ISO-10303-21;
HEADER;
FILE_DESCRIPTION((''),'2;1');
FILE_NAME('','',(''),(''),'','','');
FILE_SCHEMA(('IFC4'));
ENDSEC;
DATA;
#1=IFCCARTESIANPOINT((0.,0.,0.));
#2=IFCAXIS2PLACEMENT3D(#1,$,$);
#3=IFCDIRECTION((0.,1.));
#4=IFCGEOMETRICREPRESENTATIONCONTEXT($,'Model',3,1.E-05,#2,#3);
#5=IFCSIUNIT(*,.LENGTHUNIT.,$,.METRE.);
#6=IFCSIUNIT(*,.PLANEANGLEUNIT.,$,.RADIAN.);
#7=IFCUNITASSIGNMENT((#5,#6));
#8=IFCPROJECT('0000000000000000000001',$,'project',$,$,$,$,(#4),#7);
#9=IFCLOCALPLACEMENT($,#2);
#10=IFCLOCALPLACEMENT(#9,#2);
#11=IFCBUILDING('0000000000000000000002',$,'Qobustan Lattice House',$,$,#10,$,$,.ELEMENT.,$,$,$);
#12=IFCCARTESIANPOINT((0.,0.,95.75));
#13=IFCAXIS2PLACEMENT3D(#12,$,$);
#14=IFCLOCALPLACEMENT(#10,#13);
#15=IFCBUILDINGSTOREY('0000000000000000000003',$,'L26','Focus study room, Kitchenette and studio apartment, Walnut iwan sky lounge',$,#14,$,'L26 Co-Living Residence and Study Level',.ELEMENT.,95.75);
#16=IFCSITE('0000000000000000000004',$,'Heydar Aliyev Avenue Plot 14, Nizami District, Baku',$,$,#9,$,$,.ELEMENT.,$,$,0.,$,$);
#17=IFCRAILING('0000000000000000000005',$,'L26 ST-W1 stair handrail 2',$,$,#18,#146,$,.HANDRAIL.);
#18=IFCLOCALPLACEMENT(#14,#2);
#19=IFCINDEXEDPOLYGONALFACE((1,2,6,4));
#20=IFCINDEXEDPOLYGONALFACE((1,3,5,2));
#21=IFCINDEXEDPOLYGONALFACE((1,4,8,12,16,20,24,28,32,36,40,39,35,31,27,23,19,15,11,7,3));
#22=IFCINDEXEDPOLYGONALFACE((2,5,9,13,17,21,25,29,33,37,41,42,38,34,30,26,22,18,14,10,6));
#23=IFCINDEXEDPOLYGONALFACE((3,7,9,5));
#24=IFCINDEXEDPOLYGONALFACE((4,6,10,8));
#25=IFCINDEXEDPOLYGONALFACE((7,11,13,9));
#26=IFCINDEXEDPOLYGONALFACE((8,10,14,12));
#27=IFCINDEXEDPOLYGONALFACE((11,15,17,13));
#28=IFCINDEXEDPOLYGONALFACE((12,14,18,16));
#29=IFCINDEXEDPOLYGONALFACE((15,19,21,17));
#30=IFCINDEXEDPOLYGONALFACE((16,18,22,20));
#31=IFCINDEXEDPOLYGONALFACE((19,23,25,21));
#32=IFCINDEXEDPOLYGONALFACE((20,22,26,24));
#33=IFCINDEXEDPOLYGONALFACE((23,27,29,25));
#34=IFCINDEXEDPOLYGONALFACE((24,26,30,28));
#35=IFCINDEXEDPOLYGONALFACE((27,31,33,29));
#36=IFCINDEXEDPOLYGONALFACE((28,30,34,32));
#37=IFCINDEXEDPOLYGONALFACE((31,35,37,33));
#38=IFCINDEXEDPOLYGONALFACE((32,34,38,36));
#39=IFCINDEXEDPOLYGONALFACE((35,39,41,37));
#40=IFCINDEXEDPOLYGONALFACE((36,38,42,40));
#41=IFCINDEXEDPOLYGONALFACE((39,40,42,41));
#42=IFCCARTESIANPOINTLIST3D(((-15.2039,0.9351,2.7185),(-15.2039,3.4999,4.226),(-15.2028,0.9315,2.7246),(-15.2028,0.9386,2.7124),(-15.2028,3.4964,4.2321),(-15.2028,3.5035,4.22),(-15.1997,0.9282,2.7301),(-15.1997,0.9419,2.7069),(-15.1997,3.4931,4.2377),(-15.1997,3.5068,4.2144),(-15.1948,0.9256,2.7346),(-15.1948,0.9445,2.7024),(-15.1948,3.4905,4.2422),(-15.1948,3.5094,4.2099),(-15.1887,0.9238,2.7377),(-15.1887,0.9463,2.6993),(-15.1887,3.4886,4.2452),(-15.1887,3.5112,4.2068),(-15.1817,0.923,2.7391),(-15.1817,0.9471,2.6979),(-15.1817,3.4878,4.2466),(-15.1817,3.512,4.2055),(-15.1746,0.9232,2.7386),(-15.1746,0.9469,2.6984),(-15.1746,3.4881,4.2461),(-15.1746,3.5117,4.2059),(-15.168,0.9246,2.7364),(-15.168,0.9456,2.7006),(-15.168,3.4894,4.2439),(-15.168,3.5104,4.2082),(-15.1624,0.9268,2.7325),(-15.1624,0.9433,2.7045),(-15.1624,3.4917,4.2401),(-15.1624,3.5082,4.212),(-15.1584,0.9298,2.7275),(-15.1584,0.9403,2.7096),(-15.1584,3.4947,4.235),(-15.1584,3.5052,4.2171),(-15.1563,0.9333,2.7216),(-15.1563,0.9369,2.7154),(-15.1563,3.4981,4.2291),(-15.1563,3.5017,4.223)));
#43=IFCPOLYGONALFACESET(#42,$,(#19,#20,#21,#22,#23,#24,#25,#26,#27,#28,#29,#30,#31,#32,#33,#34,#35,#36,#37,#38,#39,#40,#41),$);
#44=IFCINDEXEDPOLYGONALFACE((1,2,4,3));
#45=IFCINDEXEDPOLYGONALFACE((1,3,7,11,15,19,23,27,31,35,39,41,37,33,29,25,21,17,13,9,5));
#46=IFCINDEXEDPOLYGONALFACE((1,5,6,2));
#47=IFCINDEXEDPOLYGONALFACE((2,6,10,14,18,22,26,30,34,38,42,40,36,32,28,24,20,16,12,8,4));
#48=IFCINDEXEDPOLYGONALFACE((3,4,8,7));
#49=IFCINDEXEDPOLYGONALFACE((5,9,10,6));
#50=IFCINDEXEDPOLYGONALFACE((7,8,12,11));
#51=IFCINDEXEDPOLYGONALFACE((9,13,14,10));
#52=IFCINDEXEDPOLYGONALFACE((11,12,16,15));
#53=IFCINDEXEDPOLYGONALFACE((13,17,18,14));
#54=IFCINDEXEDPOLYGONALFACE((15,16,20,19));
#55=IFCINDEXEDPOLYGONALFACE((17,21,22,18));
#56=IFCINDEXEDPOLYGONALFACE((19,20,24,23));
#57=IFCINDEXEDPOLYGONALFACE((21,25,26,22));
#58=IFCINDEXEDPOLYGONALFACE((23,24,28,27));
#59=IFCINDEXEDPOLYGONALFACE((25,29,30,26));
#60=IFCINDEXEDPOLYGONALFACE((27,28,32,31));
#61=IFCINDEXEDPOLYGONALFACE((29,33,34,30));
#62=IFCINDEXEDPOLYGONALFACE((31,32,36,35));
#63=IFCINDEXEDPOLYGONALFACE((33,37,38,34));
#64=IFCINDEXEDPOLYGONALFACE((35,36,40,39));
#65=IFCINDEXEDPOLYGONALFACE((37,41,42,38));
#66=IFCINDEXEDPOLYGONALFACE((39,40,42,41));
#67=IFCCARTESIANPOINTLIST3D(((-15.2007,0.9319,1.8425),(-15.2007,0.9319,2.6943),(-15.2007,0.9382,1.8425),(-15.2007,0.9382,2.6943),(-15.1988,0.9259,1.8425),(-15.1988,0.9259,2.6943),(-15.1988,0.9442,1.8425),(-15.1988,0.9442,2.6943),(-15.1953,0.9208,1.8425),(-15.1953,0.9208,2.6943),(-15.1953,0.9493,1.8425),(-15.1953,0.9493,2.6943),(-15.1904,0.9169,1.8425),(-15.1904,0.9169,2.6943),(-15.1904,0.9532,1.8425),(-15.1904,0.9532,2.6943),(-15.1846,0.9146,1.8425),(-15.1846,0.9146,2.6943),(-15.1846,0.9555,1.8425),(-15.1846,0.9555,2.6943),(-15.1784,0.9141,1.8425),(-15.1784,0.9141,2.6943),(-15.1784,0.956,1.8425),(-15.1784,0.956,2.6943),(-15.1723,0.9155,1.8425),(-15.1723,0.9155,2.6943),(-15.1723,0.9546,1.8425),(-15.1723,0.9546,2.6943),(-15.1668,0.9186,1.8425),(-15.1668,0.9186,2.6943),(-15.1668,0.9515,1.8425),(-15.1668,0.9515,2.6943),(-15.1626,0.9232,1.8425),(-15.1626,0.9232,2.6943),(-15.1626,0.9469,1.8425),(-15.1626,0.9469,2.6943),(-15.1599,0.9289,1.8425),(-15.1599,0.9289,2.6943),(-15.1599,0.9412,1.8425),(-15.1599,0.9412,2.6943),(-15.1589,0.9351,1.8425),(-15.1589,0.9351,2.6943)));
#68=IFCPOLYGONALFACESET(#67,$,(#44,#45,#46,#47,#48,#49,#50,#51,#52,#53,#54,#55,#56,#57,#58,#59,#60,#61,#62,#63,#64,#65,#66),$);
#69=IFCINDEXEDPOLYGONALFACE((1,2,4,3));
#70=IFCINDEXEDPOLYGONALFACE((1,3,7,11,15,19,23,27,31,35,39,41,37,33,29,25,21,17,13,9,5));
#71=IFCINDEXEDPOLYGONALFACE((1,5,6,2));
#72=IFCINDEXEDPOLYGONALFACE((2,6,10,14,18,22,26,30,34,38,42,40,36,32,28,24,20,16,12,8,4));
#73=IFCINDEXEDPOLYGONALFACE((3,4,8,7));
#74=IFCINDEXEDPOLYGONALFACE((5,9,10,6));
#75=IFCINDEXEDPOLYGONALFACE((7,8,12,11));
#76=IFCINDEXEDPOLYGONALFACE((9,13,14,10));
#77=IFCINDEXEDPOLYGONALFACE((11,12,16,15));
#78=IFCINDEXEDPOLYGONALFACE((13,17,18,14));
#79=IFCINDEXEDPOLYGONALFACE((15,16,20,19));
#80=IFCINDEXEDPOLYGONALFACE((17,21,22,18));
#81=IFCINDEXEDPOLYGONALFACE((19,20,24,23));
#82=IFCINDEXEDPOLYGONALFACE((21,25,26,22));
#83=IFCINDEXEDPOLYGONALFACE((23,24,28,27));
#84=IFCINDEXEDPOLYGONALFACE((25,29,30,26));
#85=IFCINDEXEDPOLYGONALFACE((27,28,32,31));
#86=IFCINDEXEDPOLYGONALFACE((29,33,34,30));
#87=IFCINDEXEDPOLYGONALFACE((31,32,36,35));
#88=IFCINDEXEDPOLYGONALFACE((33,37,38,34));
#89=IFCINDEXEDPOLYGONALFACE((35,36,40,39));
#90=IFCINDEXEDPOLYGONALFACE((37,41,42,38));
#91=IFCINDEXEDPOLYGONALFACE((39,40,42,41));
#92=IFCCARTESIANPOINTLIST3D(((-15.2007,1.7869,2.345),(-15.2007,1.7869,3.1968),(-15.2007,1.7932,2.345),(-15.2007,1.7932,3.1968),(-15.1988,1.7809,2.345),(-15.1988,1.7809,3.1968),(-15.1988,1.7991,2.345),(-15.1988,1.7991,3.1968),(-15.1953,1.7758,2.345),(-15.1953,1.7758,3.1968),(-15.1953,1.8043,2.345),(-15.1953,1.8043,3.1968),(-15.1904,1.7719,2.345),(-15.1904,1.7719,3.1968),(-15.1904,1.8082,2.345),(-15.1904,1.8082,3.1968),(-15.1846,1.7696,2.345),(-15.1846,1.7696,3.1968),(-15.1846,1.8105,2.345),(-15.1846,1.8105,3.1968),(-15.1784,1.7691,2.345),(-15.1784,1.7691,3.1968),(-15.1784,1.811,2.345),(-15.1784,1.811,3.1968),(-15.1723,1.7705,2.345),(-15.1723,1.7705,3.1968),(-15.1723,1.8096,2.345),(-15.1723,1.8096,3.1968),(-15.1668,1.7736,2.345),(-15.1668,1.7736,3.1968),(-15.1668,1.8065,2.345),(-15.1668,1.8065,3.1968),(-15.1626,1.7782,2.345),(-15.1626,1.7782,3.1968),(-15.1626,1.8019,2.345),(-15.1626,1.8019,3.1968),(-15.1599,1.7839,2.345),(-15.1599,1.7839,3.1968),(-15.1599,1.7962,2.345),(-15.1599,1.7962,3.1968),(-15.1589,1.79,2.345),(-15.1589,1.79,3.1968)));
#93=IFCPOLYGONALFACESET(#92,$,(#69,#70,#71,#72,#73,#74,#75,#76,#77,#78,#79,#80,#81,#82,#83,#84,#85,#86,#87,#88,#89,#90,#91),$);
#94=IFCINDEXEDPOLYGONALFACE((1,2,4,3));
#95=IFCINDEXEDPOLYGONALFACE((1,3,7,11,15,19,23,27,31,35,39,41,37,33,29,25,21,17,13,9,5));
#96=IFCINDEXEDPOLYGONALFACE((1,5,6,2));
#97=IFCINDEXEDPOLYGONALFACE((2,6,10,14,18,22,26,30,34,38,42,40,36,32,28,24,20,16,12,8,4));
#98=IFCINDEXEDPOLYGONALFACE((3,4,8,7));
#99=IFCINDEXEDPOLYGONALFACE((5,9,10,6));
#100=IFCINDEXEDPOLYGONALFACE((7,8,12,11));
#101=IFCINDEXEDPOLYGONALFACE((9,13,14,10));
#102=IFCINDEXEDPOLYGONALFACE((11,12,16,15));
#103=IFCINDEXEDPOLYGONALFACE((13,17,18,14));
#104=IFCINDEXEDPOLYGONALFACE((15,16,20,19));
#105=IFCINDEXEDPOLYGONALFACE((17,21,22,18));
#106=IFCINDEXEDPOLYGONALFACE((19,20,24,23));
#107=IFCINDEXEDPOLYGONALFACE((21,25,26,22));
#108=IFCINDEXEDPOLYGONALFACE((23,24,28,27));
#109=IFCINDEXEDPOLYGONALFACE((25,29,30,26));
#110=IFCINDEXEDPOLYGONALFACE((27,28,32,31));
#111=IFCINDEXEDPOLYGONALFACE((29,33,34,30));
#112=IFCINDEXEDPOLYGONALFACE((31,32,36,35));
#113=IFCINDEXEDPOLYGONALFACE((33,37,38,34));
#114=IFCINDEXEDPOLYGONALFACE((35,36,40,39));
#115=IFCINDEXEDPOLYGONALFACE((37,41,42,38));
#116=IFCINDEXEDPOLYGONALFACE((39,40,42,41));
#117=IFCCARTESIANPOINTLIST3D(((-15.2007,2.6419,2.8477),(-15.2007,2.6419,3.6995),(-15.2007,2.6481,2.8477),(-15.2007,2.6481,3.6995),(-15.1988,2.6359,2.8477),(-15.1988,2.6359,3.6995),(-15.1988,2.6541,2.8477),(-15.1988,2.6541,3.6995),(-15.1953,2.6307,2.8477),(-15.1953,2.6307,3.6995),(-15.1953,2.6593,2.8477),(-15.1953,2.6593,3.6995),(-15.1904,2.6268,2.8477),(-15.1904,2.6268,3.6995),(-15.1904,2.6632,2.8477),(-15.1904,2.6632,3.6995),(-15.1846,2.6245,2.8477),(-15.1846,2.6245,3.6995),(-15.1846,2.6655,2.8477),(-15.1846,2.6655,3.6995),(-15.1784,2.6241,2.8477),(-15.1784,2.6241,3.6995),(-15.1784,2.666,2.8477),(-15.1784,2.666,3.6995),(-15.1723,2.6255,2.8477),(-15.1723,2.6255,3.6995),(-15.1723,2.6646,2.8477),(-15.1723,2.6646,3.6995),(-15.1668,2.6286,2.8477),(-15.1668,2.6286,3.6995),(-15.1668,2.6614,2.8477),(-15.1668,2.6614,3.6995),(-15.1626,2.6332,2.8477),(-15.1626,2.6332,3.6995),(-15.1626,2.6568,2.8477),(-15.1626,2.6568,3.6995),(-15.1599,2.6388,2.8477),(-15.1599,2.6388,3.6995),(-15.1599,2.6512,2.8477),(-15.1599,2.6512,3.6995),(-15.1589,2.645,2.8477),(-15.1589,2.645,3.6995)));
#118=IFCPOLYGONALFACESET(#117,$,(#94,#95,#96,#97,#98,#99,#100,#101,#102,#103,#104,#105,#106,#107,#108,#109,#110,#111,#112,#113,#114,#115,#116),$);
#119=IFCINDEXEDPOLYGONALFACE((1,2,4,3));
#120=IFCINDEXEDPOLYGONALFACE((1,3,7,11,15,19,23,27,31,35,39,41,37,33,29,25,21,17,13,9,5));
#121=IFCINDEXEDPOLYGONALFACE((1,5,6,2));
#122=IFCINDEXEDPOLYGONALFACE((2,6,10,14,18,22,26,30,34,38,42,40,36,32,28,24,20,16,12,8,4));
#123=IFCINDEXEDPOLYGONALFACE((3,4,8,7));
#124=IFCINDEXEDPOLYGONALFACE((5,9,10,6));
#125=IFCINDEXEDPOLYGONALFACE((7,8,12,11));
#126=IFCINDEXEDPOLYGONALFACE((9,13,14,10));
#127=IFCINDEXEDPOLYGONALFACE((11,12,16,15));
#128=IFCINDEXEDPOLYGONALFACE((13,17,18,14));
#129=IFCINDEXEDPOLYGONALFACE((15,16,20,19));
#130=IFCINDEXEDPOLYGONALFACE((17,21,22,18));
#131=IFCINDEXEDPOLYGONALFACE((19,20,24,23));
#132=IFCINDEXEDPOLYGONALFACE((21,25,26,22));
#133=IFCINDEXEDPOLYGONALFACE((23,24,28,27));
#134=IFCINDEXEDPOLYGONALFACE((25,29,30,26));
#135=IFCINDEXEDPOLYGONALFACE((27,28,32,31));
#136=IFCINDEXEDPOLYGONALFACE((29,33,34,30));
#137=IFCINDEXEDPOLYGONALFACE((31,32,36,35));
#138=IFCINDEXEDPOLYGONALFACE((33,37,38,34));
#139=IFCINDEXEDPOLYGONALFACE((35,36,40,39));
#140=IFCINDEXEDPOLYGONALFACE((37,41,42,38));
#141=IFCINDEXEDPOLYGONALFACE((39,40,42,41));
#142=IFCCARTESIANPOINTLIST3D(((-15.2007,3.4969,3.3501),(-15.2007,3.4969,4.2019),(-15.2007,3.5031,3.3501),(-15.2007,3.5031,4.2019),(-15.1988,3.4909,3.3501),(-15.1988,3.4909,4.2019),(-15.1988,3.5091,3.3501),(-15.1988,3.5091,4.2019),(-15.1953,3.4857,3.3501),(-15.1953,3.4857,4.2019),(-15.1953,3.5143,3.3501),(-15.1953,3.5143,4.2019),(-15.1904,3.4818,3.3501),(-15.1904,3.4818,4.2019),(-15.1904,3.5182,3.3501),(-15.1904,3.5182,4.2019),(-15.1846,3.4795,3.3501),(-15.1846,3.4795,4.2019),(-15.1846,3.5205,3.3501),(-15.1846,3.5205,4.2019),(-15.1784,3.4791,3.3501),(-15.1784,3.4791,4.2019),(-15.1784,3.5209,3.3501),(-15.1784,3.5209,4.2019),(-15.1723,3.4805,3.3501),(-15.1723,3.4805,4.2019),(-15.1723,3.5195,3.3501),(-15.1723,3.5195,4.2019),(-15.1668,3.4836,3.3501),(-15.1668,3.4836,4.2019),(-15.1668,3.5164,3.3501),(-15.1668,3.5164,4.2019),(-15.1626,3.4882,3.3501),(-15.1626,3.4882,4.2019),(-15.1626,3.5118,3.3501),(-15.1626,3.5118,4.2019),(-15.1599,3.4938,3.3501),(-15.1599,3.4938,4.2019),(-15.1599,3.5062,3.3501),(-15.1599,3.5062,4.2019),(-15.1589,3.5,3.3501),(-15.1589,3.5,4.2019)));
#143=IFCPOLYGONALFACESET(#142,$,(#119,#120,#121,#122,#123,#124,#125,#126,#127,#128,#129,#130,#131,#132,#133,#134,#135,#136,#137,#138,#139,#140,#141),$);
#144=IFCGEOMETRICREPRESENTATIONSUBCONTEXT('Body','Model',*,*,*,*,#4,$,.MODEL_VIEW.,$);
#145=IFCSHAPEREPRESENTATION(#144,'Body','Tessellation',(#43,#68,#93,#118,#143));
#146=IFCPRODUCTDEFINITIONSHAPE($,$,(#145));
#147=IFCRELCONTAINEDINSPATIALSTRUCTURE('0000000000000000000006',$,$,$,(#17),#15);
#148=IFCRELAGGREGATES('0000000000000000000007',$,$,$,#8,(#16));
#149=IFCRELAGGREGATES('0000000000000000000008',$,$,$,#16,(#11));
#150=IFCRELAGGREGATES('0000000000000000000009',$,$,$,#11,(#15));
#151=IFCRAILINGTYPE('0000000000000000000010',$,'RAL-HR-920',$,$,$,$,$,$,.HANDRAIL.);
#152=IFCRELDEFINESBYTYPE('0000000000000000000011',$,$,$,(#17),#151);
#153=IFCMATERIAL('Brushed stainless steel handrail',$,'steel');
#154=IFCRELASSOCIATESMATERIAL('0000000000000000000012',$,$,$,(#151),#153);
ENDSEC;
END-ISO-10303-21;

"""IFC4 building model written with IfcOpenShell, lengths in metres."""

from ifc_helpers import new_model, si_unit, direction, frame, origin, origin_2d, place, context, subcontext, project, spatial, circle, extrude, material, type_object, element, save


model = new_model("IFC4")

# Units and contexts
model_context = context("Model", 3, precision=1e-05, world=origin(), true_north=direction((0.0, 1.0)))
body_context = subcontext(model_context, "Body", "Model", "MODEL_VIEW")
ifc_project = project(units=[si_unit("LENGTHUNIT", "METRE"), si_unit("PLANEANGLEUNIT", "RADIAN")], contexts=[model_context])

# Site, building, storey
site_placement = place(None, origin())
site = spatial("IfcSite", under=ifc_project, at=site_placement, Name="Heydar Aliyev Avenue Plot 14, Nizami District, Baku", CompositionType="ELEMENT", RefElevation=0.0)
building_placement = place(site_placement, origin())
building = spatial("IfcBuilding", under=site, at=building_placement, Name="Qobustan Lattice House", CompositionType="ELEMENT")
storey_placement = place(building_placement, frame((0.0, 0.0, 95.75)))
storey = spatial("IfcBuildingStorey", under=building, at=storey_placement, Name="L26", Description="Focus study room, Kitchenette and studio apartment, Walnut iwan sky lounge", LongName="L26 Co-Living Residence and Study Level", CompositionType="ELEMENT", Elevation=95.75)

# Railing
ifc_material_1 = material(Name="Brushed stainless steel handrail", Category="steel")
railing_type_1 = type_object("IfcRailingType", Name="RAL-HR-920", PredefinedType="HANDRAIL", material=ifc_material_1)
railing_1_placement = place(storey_placement, frame((-15.1799, 0.9351, 1.8425)))
element("IfcRailing", 1, at=railing_1_placement, inside=storey, type_object=railing_type_1, Name="L26 ST-W1 stair handrail 2", PredefinedType="HANDRAIL", context=body_context, shape_type="SweptSolid", body=[
    extrude(circle(Radius=0.0239, at=origin_2d()), frame((0.0, 0.0, 0.876), z_axis=(0.0, 0.862113, 0.506715), x_axis=(-1.0, 0.0, 0.0)), (0.0, 0.0, 1.0), 2.9751),
    extrude(circle(Radius=0.021, at=origin_2d()), origin(), (0.0, 0.0, 1.0), 0.8518),
    extrude(circle(Radius=0.021, at=origin_2d()), frame((0.0, 0.855, 0.5024)), (0.0, 0.0, 1.0), 0.8518),
    extrude(circle(Radius=0.021, at=origin_2d()), frame((0.0, 1.71, 1.0051)), (0.0, 0.0, 1.0), 0.8518),
    extrude(circle(Radius=0.021, at=origin_2d()), frame((0.0, 2.5649, 1.5076)), (0.0, 0.0, 1.0), 0.8518),
])

save(model, "model.ifc")
